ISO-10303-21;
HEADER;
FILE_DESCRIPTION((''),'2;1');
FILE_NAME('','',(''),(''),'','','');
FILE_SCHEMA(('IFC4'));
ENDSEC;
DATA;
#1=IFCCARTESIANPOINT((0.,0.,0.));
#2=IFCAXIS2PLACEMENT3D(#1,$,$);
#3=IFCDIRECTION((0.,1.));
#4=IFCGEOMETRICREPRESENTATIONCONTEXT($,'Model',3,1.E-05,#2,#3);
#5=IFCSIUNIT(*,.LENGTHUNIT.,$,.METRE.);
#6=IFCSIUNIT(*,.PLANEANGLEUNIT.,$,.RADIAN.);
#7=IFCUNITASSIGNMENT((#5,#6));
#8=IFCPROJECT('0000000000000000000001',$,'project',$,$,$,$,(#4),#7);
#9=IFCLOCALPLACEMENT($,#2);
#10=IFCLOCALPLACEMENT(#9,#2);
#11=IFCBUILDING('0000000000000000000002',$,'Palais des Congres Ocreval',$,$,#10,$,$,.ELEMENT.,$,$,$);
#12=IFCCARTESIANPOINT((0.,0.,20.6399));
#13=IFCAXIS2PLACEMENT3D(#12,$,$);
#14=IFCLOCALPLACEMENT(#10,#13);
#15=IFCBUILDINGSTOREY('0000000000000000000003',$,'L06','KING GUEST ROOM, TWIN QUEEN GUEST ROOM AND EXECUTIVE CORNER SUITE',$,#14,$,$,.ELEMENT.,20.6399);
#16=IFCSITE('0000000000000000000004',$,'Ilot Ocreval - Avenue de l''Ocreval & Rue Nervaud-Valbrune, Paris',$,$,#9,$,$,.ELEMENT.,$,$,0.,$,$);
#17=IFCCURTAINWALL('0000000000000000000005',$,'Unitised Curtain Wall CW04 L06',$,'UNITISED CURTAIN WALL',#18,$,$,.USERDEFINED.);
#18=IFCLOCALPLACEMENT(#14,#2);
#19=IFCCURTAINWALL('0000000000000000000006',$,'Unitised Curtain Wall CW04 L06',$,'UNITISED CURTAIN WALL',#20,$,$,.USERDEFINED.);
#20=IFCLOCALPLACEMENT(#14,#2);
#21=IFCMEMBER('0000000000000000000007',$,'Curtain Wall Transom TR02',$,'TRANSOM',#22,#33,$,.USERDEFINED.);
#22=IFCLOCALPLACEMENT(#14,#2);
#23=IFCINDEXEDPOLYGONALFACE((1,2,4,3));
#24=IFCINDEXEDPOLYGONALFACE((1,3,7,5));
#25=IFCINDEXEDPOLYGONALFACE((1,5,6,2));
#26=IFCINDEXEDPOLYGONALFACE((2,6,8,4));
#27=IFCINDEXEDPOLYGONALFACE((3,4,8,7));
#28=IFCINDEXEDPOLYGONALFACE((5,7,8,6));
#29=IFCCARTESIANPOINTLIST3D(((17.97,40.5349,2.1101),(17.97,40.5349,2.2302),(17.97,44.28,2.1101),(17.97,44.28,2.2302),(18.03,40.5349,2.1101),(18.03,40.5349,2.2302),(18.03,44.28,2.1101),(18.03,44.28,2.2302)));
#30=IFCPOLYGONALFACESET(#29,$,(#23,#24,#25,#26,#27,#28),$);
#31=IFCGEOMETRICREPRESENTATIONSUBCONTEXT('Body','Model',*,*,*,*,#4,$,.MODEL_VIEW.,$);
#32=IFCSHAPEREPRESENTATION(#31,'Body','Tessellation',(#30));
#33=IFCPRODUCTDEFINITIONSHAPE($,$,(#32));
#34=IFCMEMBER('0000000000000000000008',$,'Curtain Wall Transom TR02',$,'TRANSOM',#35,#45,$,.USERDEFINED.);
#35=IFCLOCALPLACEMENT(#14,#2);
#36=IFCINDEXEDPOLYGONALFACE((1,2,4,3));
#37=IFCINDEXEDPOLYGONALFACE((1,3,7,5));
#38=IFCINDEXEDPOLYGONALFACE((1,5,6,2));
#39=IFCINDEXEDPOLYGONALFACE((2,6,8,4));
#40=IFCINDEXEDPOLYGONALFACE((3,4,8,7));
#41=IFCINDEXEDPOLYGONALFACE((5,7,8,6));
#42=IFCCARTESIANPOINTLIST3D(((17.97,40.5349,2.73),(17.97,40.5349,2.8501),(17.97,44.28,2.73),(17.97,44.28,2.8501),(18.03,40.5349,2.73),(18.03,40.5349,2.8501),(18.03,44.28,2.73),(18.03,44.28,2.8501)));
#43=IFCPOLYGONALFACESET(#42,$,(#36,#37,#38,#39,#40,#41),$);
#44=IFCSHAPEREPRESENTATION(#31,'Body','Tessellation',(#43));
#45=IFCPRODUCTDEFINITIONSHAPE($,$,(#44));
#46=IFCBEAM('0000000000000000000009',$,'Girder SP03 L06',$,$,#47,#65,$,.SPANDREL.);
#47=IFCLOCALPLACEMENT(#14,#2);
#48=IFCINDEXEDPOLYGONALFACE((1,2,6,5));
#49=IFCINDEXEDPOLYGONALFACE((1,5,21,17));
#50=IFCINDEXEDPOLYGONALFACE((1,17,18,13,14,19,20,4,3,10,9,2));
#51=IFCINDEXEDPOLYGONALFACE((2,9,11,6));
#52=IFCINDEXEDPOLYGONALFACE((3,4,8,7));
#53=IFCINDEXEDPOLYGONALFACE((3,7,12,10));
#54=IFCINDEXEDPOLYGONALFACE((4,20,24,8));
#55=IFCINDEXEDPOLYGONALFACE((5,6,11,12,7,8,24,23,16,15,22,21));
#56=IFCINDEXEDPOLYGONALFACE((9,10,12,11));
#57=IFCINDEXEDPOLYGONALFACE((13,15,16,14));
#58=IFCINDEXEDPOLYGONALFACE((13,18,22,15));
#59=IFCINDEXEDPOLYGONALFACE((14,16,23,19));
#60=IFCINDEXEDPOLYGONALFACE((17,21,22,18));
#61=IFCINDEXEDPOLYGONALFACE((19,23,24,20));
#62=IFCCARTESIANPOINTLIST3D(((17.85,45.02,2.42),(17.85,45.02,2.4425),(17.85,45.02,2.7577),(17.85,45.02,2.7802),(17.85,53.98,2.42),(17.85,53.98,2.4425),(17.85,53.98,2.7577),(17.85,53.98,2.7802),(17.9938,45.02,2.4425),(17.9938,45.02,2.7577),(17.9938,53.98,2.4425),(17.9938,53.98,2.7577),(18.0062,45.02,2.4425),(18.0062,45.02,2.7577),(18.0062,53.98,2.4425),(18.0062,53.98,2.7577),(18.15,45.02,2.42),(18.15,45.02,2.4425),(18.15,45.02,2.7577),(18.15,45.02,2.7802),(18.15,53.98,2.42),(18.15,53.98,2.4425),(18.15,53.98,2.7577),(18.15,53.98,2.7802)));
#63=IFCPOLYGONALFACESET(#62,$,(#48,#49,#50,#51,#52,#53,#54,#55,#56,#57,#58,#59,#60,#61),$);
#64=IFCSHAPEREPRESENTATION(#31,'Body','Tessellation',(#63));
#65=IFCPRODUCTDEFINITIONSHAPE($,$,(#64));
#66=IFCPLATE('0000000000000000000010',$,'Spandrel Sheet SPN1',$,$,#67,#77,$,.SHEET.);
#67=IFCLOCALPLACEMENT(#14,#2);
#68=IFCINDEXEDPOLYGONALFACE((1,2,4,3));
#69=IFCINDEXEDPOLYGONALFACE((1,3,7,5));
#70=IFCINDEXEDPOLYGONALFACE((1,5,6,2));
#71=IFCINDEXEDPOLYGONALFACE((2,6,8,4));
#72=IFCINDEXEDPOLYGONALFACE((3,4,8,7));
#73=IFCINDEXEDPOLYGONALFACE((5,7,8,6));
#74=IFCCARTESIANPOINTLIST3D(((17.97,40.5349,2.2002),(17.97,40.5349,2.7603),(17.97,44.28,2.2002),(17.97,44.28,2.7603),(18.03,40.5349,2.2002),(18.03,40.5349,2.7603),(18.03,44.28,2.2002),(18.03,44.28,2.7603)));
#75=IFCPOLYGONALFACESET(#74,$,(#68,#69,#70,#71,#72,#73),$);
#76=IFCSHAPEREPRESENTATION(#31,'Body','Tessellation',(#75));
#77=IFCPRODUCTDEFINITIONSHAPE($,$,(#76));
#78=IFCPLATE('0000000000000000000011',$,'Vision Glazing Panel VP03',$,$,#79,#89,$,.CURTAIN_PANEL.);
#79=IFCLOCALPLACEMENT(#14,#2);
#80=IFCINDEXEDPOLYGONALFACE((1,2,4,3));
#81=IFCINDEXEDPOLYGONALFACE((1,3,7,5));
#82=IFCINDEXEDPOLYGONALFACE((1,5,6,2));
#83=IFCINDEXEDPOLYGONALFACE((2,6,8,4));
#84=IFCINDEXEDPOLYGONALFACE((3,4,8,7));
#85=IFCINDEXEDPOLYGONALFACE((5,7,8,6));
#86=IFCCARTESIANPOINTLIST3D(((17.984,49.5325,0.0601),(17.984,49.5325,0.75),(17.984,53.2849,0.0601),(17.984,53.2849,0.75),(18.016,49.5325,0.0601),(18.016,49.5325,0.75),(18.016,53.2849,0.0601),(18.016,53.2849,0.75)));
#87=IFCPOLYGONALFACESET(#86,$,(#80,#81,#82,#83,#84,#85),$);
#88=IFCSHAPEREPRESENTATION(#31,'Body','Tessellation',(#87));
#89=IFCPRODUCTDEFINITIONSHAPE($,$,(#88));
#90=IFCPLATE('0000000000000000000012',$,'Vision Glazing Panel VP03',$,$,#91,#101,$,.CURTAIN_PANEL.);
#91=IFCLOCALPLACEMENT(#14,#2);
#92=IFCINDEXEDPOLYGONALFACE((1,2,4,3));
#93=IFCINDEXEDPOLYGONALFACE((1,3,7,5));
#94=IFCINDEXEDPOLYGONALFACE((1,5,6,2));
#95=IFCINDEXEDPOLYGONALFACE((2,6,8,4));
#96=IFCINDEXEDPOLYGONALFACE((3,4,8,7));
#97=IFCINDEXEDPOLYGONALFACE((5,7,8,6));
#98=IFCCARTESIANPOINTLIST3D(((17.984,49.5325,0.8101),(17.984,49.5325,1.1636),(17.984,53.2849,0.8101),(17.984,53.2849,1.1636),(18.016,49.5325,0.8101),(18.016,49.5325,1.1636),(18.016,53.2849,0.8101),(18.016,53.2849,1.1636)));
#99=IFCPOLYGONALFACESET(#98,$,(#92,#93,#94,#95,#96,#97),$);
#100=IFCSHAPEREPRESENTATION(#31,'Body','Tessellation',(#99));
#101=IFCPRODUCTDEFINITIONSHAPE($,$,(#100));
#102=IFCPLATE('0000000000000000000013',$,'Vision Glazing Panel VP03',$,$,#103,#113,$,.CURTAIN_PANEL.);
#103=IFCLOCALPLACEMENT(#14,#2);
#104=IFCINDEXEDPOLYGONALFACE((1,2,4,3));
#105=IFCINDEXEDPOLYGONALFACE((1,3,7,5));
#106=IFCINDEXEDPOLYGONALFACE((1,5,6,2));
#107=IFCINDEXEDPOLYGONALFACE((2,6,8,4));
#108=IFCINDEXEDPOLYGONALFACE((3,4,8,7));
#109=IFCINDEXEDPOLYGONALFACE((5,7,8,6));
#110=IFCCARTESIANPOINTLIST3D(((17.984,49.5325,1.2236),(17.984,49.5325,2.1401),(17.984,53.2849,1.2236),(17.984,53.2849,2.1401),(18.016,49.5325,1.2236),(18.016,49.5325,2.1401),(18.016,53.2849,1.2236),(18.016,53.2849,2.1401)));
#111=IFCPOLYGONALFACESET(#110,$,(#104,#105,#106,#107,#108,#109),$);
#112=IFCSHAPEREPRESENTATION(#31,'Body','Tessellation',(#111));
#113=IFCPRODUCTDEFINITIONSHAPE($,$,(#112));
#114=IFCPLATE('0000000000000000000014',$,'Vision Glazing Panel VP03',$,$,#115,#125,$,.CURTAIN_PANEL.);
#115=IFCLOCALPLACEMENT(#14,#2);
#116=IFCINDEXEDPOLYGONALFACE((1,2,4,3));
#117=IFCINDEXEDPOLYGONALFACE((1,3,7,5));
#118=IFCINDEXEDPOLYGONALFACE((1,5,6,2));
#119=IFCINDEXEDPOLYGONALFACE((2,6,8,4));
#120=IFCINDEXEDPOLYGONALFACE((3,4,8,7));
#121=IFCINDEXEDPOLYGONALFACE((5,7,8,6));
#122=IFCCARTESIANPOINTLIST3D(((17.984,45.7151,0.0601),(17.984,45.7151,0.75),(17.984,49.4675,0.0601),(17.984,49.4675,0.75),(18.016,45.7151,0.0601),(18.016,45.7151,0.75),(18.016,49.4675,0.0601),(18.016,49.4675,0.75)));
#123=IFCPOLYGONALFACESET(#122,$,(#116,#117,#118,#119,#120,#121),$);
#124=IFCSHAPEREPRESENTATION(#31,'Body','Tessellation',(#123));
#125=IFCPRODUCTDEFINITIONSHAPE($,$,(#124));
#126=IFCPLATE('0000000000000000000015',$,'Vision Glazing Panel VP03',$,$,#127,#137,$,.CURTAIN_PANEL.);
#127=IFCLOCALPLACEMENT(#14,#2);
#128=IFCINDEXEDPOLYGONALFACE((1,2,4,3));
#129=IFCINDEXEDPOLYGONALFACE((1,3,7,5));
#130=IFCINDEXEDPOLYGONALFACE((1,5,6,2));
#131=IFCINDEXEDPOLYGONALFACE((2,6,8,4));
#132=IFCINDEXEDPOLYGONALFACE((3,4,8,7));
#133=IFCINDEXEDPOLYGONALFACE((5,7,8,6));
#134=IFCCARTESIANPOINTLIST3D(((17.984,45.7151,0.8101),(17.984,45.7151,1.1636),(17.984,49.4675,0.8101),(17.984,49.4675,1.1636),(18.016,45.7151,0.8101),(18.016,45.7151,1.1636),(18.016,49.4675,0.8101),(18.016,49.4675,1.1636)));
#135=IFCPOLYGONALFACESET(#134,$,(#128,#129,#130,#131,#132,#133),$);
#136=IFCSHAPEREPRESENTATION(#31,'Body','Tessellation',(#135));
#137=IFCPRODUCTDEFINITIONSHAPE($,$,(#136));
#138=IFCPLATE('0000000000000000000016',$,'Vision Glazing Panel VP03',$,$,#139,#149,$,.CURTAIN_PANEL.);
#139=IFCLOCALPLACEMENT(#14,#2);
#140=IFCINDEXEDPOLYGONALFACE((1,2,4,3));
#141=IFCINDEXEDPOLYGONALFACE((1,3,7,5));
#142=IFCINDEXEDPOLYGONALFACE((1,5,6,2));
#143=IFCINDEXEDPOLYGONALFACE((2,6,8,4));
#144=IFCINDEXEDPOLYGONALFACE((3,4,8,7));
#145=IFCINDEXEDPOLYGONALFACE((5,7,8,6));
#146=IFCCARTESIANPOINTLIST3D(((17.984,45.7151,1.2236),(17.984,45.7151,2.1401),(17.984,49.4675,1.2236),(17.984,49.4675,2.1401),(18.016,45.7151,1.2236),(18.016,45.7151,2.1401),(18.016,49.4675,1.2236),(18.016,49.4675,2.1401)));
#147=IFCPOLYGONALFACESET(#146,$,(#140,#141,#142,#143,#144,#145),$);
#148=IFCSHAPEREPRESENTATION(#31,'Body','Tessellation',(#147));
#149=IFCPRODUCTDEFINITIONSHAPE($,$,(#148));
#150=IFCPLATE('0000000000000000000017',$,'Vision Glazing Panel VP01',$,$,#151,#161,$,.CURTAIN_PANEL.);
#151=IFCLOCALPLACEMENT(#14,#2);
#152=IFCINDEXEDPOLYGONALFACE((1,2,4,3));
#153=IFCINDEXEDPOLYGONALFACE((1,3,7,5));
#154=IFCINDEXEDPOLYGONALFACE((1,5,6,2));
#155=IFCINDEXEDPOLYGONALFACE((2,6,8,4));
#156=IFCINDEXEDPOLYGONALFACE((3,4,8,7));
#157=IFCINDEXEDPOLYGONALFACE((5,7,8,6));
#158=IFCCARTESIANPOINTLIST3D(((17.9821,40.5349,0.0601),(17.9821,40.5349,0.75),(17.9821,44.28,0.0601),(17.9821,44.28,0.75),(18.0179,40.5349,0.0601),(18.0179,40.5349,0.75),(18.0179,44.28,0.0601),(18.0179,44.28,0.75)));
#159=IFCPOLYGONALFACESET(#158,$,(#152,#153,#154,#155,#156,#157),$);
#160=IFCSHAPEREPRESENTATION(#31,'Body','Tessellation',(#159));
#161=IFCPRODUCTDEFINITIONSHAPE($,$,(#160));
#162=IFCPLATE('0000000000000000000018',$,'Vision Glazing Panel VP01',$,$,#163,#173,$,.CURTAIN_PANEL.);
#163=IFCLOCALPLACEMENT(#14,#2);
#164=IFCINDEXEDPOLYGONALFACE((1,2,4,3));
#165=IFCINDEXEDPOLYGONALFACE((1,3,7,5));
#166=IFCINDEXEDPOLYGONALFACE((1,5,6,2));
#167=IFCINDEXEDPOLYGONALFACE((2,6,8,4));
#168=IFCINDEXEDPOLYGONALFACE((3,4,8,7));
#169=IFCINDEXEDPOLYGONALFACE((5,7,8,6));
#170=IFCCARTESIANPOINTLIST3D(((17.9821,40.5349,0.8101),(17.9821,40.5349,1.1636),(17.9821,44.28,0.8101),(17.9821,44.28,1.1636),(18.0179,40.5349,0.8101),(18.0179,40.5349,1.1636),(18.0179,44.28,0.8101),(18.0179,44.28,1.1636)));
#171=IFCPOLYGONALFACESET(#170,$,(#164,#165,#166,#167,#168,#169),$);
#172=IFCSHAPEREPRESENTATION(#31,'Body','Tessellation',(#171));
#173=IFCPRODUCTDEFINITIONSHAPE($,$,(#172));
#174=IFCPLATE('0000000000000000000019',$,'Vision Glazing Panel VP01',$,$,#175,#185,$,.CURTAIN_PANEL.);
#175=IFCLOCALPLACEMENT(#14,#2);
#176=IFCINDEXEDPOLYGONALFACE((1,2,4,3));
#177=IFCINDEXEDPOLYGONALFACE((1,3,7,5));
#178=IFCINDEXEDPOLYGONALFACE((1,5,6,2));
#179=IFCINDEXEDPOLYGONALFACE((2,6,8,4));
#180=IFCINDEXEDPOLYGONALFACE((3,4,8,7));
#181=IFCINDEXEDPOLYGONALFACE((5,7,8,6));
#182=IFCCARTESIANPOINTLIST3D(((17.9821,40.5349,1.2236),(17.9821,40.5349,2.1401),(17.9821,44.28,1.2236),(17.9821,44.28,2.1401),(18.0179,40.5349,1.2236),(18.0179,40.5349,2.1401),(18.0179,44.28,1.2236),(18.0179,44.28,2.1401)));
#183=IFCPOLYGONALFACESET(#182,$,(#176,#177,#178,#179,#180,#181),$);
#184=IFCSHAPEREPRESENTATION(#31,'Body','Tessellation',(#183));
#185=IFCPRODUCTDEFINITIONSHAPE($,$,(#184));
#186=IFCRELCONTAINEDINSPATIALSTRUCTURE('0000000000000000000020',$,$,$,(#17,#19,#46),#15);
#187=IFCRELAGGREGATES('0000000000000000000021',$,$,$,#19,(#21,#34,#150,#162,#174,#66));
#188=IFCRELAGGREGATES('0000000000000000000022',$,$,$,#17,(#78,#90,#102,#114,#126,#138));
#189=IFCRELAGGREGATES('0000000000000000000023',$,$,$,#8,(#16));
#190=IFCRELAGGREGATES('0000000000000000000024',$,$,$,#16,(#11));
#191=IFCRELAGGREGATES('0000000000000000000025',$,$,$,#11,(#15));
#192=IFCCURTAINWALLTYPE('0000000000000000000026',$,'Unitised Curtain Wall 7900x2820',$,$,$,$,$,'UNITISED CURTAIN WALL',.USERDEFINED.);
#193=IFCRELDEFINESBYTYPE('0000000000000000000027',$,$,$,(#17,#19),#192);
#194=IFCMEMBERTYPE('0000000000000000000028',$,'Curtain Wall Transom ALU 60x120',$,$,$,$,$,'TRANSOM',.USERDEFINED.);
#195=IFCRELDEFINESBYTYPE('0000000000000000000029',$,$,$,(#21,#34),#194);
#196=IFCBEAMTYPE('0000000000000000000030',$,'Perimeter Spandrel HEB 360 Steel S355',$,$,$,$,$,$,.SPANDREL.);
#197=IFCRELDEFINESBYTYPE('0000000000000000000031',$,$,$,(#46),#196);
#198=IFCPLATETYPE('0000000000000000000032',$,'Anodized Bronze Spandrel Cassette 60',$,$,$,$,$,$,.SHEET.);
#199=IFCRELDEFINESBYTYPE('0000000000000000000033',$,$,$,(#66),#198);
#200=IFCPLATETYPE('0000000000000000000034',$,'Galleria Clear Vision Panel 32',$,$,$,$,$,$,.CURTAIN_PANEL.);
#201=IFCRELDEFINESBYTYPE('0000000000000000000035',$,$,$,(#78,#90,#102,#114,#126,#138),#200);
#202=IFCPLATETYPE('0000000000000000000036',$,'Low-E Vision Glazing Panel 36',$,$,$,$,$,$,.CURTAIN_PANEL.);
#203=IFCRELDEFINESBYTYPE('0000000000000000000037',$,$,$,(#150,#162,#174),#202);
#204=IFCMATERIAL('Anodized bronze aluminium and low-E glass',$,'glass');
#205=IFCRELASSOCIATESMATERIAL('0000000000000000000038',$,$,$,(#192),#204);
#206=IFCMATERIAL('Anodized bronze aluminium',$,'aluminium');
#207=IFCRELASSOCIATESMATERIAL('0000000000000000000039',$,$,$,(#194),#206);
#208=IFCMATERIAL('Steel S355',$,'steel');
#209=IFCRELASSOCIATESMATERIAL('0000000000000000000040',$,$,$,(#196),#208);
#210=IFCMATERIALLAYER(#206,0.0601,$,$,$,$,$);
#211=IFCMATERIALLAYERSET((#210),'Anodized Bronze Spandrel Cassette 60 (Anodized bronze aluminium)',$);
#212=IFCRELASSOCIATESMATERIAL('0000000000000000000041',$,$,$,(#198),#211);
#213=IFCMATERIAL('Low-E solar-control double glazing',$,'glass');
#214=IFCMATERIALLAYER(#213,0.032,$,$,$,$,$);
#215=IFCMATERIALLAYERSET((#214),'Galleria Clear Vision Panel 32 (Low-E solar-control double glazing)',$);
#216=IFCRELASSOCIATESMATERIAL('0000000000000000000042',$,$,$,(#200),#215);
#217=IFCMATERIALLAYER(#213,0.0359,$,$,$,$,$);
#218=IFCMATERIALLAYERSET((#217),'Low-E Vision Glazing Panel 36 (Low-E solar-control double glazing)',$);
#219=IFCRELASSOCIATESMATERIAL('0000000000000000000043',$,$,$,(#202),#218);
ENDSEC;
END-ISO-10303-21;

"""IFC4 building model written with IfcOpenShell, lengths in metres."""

from ifc_helpers import new_model, si_unit, direction, frame, origin, origin_2d, place, context, subcontext, project, spatial, rectangle, i_section, extrude, material, layer, layer_set, material_profile, profile_set, type_object, element, aggregate, save


model = new_model("IFC4")

# Units and contexts
model_context = context("Model", 3, precision=1e-05, world=origin(), true_north=direction((0.0, 1.0)))
body_context = subcontext(model_context, "Body", "Model", "MODEL_VIEW")
ifc_project = project(units=[si_unit("LENGTHUNIT", "METRE"), si_unit("PLANEANGLEUNIT", "RADIAN")], contexts=[model_context])

# Site, building, storey
site_placement = place(None, origin())
site = spatial("IfcSite", under=ifc_project, at=site_placement, Name="Ilot Ocreval - Avenue de l'Ocreval & Rue Nervaud-Valbrune, Paris", CompositionType="ELEMENT", RefElevation=0.0)
building_placement = place(site_placement, origin())
building = spatial("IfcBuilding", under=site, at=building_placement, Name="Palais des Congres Ocreval", CompositionType="ELEMENT")
storey_placement = place(building_placement, frame((0.0, 0.0, 20.6399)))
storey = spatial("IfcBuildingStorey", under=building, at=storey_placement, Name="L06", Description="KING GUEST ROOM, TWIN QUEEN GUEST ROOM AND EXECUTIVE CORNER SUITE", CompositionType="ELEMENT", Elevation=20.6399)

# Curtain wall
ifc_material_1 = material(Name="Anodized bronze aluminium and low-E glass", Category="glass")
curtain_wall_type = type_object("IfcCurtainWallType", Name="Unitised Curtain Wall 7900x2820", ElementType="UNITISED CURTAIN WALL", PredefinedType="USERDEFINED", material=ifc_material_1)
curtain_wall_1_placement = place(storey_placement, origin())
curtain_wall_1 = element("IfcCurtainWall", 1, at=curtain_wall_1_placement, inside=storey, type_object=curtain_wall_type, Name="Unitised Curtain Wall CW04 L06", ObjectType="UNITISED CURTAIN WALL", PredefinedType="USERDEFINED")
ifc_material_2 = material(Name="Anodized bronze aluminium", Category="aluminium")

# Curtain wall
curtain_wall_2_placement = place(storey_placement, origin())
curtain_wall_2 = element("IfcCurtainWall", 2, at=curtain_wall_2_placement, inside=storey, type_object=curtain_wall_type, Name="Unitised Curtain Wall CW04 L06", ObjectType="UNITISED CURTAIN WALL", PredefinedType="USERDEFINED")

# Members
ifc_material_profile_1 = material_profile(ifc_material_2, rectangle(XDim=0.0601, YDim=0.1201, at=origin_2d()), Name="ALU 60x120")
ifc_profile_set_1 = profile_set([ifc_material_profile_1], Name="Anodized bronze aluminium")
member_type_1 = type_object("IfcMemberType", Name="Curtain Wall Transom ALU 60x120", ElementType="TRANSOM", PredefinedType="USERDEFINED", material=ifc_profile_set_1)
member_1_placement = place(storey_placement, frame((18.0, 44.28, 2.1702), z_axis=(0.0, -1.0, 0.0), x_axis=(1.0, 0.0, 0.0)))
member_1 = element("IfcMember", 3, at=member_1_placement, type_object=member_type_1, Name="Curtain Wall Transom TR02", ObjectType="TRANSOM", PredefinedType="USERDEFINED", context=body_context, shape_type="SweptSolid", body=[
    extrude(rectangle(XDim=0.0601, YDim=0.1201, at=origin_2d()), origin(), (0.0, 0.0, 1.0), 3.7451),
])
member_2_placement = place(storey_placement, frame((18.0, 44.28, 2.79), z_axis=(0.0, -1.0, 0.0), x_axis=(1.0, 0.0, 0.0)))
member_2 = element("IfcMember", 4, at=member_2_placement, type_object=member_type_1, Name="Curtain Wall Transom TR02", ObjectType="TRANSOM", PredefinedType="USERDEFINED", context=body_context, shape_type="SweptSolid", body=[
    extrude(rectangle(XDim=0.0601, YDim=0.1201, at=origin_2d()), origin(), (0.0, 0.0, 1.0), 3.7451),
])

# Beam
ifc_material_3 = material(Name="Steel S355", Category="steel")
ifc_material_profile_2 = material_profile(ifc_material_3, i_section(OverallWidth=0.3, OverallDepth=0.3601, WebThickness=0.0125, FlangeThickness=0.0225, at=origin_2d()), Name="HEB 360")
ifc_profile_set_2 = profile_set([ifc_material_profile_2], Name="Steel S355")
beam_type = type_object("IfcBeamType", Name="Perimeter Spandrel HEB 360 Steel S355", PredefinedType="SPANDREL", material=ifc_profile_set_2)
beam_placement = place(storey_placement, frame((18.0, 45.02, 2.6001), z_axis=(0.0, 1.0, 0.0), x_axis=(-1.0, 0.0, 0.0)))
element("IfcBeam", 5, at=beam_placement, inside=storey, type_object=beam_type, Name="Girder SP03 L06", PredefinedType="SPANDREL", context=body_context, shape_type="SweptSolid", body=[
    extrude(i_section(OverallWidth=0.3, OverallDepth=0.3601, WebThickness=0.0125, FlangeThickness=0.0225, at=origin_2d()), origin(), (0.0, 0.0, 1.0), 8.96),
])

# Plates
ifc_layer_1 = layer(ifc_material_2, 0.0601)
ifc_layer_set_1 = layer_set([ifc_layer_1], Name="Anodized Bronze Spandrel Cassette 60 (Anodized bronze aluminium)")
plate_type_1 = type_object("IfcPlateType", Name="Anodized Bronze Spandrel Cassette 60", PredefinedType="SHEET", material=ifc_layer_set_1)
plate_1_placement = place(storey_placement, frame((18.0, 42.4075, 2.2002), z_axis=(0.0, 0.0, 1.0), x_axis=(0.0, -1.0, 0.0)))
plate_1 = element("IfcPlate", 6, at=plate_1_placement, type_object=plate_type_1, Name="Spandrel Sheet SPN1", PredefinedType="SHEET", context=body_context, shape_type="SweptSolid", body=[
    extrude(rectangle(XDim=3.7451, YDim=0.0601, at=origin_2d()), origin(), (0.0, 0.0, 1.0), 0.5601),
])
ifc_material_4 = material(Name="Low-E solar-control double glazing", Category="glass")
ifc_layer_2 = layer(ifc_material_4, 0.032)
ifc_layer_set_2 = layer_set([ifc_layer_2], Name="Galleria Clear Vision Panel 32 (Low-E solar-control double glazing)")
plate_type_2 = type_object("IfcPlateType", Name="Galleria Clear Vision Panel 32", PredefinedType="CURTAIN_PANEL", material=ifc_layer_set_2)
plate_2_placement = place(storey_placement, frame((18.0, 51.4087, 0.0601), z_axis=(0.0, 0.0, 1.0), x_axis=(0.0, -1.0, 0.0)))
plate_2 = element("IfcPlate", 7, at=plate_2_placement, type_object=plate_type_2, Name="Vision Glazing Panel VP03", PredefinedType="CURTAIN_PANEL", context=body_context, shape_type="SweptSolid", body=[
    extrude(rectangle(XDim=3.7524, YDim=0.032, at=origin_2d()), origin(), (0.0, 0.0, 1.0), 0.6899),
])
plate_3_placement = place(storey_placement, frame((18.0, 51.4087, 0.8101), z_axis=(0.0, 0.0, 1.0), x_axis=(0.0, -1.0, 0.0)))
plate_3 = element("IfcPlate", 8, at=plate_3_placement, type_object=plate_type_2, Name="Vision Glazing Panel VP03", PredefinedType="CURTAIN_PANEL", context=body_context, shape_type="SweptSolid", body=[
    extrude(rectangle(XDim=3.7524, YDim=0.032, at=origin_2d()), origin(), (0.0, 0.0, 1.0), 0.3535),
])
plate_4_placement = place(storey_placement, frame((18.0, 51.4087, 1.2236), z_axis=(0.0, 0.0, 1.0), x_axis=(0.0, -1.0, 0.0)))
plate_4 = element("IfcPlate", 9, at=plate_4_placement, type_object=plate_type_2, Name="Vision Glazing Panel VP03", PredefinedType="CURTAIN_PANEL", context=body_context, shape_type="SweptSolid", body=[
    extrude(rectangle(XDim=3.7524, YDim=0.032, at=origin_2d()), origin(), (0.0, 0.0, 1.0), 0.9165),
])
plate_5_placement = place(storey_placement, frame((18.0, 47.5913, 0.0601), z_axis=(0.0, 0.0, 1.0), x_axis=(0.0, -1.0, 0.0)))
plate_5 = element("IfcPlate", 10, at=plate_5_placement, type_object=plate_type_2, Name="Vision Glazing Panel VP03", PredefinedType="CURTAIN_PANEL", context=body_context, shape_type="SweptSolid", body=[
    extrude(rectangle(XDim=3.7524, YDim=0.032, at=origin_2d()), origin(), (0.0, 0.0, 1.0), 0.6899),
])
plate_6_placement = place(storey_placement, frame((18.0, 47.5913, 0.8101), z_axis=(0.0, 0.0, 1.0), x_axis=(0.0, -1.0, 0.0)))
plate_6 = element("IfcPlate", 11, at=plate_6_placement, type_object=plate_type_2, Name="Vision Glazing Panel VP03", PredefinedType="CURTAIN_PANEL", context=body_context, shape_type="SweptSolid", body=[
    extrude(rectangle(XDim=3.7524, YDim=0.032, at=origin_2d()), origin(), (0.0, 0.0, 1.0), 0.3535),
])
plate_7_placement = place(storey_placement, frame((18.0, 47.5913, 1.2236), z_axis=(0.0, 0.0, 1.0), x_axis=(0.0, -1.0, 0.0)))
plate_7 = element("IfcPlate", 12, at=plate_7_placement, type_object=plate_type_2, Name="Vision Glazing Panel VP03", PredefinedType="CURTAIN_PANEL", context=body_context, shape_type="SweptSolid", body=[
    extrude(rectangle(XDim=3.7524, YDim=0.032, at=origin_2d()), origin(), (0.0, 0.0, 1.0), 0.9165),
])
ifc_layer_3 = layer(ifc_material_4, 0.0359)
ifc_layer_set_3 = layer_set([ifc_layer_3], Name="Low-E Vision Glazing Panel 36 (Low-E solar-control double glazing)")
plate_type_3 = type_object("IfcPlateType", Name="Low-E Vision Glazing Panel 36", PredefinedType="CURTAIN_PANEL", material=ifc_layer_set_3)
plate_8_placement = place(storey_placement, frame((18.0, 42.4075, 0.0601), z_axis=(0.0, 0.0, 1.0), x_axis=(0.0, -1.0, 0.0)))
plate_8 = element("IfcPlate", 13, at=plate_8_placement, type_object=plate_type_3, Name="Vision Glazing Panel VP01", PredefinedType="CURTAIN_PANEL", context=body_context, shape_type="SweptSolid", body=[
    extrude(rectangle(XDim=3.7451, YDim=0.0359, at=origin_2d()), origin(), (0.0, 0.0, 1.0), 0.6899),
])
plate_9_placement = place(storey_placement, frame((18.0, 42.4075, 0.8101), z_axis=(0.0, 0.0, 1.0), x_axis=(0.0, -1.0, 0.0)))
plate_9 = element("IfcPlate", 14, at=plate_9_placement, type_object=plate_type_3, Name="Vision Glazing Panel VP01", PredefinedType="CURTAIN_PANEL", context=body_context, shape_type="SweptSolid", body=[
    extrude(rectangle(XDim=3.7451, YDim=0.0359, at=origin_2d()), origin(), (0.0, 0.0, 1.0), 0.3535),
])
plate_10_placement = place(storey_placement, frame((18.0, 42.4075, 1.2236), z_axis=(0.0, 0.0, 1.0), x_axis=(0.0, -1.0, 0.0)))
plate_10 = element("IfcPlate", 15, at=plate_10_placement, type_object=plate_type_3, Name="Vision Glazing Panel VP01", PredefinedType="CURTAIN_PANEL", context=body_context, shape_type="SweptSolid", body=[
    extrude(rectangle(XDim=3.7451, YDim=0.0359, at=origin_2d()), origin(), (0.0, 0.0, 1.0), 0.9165),
])
aggregate(curtain_wall_2, [member_1, member_2, plate_8, plate_9, plate_10, plate_1])
aggregate(curtain_wall_1, [plate_2, plate_3, plate_4, plate_5, plate_6, plate_7])

save(model, "model.ifc")
